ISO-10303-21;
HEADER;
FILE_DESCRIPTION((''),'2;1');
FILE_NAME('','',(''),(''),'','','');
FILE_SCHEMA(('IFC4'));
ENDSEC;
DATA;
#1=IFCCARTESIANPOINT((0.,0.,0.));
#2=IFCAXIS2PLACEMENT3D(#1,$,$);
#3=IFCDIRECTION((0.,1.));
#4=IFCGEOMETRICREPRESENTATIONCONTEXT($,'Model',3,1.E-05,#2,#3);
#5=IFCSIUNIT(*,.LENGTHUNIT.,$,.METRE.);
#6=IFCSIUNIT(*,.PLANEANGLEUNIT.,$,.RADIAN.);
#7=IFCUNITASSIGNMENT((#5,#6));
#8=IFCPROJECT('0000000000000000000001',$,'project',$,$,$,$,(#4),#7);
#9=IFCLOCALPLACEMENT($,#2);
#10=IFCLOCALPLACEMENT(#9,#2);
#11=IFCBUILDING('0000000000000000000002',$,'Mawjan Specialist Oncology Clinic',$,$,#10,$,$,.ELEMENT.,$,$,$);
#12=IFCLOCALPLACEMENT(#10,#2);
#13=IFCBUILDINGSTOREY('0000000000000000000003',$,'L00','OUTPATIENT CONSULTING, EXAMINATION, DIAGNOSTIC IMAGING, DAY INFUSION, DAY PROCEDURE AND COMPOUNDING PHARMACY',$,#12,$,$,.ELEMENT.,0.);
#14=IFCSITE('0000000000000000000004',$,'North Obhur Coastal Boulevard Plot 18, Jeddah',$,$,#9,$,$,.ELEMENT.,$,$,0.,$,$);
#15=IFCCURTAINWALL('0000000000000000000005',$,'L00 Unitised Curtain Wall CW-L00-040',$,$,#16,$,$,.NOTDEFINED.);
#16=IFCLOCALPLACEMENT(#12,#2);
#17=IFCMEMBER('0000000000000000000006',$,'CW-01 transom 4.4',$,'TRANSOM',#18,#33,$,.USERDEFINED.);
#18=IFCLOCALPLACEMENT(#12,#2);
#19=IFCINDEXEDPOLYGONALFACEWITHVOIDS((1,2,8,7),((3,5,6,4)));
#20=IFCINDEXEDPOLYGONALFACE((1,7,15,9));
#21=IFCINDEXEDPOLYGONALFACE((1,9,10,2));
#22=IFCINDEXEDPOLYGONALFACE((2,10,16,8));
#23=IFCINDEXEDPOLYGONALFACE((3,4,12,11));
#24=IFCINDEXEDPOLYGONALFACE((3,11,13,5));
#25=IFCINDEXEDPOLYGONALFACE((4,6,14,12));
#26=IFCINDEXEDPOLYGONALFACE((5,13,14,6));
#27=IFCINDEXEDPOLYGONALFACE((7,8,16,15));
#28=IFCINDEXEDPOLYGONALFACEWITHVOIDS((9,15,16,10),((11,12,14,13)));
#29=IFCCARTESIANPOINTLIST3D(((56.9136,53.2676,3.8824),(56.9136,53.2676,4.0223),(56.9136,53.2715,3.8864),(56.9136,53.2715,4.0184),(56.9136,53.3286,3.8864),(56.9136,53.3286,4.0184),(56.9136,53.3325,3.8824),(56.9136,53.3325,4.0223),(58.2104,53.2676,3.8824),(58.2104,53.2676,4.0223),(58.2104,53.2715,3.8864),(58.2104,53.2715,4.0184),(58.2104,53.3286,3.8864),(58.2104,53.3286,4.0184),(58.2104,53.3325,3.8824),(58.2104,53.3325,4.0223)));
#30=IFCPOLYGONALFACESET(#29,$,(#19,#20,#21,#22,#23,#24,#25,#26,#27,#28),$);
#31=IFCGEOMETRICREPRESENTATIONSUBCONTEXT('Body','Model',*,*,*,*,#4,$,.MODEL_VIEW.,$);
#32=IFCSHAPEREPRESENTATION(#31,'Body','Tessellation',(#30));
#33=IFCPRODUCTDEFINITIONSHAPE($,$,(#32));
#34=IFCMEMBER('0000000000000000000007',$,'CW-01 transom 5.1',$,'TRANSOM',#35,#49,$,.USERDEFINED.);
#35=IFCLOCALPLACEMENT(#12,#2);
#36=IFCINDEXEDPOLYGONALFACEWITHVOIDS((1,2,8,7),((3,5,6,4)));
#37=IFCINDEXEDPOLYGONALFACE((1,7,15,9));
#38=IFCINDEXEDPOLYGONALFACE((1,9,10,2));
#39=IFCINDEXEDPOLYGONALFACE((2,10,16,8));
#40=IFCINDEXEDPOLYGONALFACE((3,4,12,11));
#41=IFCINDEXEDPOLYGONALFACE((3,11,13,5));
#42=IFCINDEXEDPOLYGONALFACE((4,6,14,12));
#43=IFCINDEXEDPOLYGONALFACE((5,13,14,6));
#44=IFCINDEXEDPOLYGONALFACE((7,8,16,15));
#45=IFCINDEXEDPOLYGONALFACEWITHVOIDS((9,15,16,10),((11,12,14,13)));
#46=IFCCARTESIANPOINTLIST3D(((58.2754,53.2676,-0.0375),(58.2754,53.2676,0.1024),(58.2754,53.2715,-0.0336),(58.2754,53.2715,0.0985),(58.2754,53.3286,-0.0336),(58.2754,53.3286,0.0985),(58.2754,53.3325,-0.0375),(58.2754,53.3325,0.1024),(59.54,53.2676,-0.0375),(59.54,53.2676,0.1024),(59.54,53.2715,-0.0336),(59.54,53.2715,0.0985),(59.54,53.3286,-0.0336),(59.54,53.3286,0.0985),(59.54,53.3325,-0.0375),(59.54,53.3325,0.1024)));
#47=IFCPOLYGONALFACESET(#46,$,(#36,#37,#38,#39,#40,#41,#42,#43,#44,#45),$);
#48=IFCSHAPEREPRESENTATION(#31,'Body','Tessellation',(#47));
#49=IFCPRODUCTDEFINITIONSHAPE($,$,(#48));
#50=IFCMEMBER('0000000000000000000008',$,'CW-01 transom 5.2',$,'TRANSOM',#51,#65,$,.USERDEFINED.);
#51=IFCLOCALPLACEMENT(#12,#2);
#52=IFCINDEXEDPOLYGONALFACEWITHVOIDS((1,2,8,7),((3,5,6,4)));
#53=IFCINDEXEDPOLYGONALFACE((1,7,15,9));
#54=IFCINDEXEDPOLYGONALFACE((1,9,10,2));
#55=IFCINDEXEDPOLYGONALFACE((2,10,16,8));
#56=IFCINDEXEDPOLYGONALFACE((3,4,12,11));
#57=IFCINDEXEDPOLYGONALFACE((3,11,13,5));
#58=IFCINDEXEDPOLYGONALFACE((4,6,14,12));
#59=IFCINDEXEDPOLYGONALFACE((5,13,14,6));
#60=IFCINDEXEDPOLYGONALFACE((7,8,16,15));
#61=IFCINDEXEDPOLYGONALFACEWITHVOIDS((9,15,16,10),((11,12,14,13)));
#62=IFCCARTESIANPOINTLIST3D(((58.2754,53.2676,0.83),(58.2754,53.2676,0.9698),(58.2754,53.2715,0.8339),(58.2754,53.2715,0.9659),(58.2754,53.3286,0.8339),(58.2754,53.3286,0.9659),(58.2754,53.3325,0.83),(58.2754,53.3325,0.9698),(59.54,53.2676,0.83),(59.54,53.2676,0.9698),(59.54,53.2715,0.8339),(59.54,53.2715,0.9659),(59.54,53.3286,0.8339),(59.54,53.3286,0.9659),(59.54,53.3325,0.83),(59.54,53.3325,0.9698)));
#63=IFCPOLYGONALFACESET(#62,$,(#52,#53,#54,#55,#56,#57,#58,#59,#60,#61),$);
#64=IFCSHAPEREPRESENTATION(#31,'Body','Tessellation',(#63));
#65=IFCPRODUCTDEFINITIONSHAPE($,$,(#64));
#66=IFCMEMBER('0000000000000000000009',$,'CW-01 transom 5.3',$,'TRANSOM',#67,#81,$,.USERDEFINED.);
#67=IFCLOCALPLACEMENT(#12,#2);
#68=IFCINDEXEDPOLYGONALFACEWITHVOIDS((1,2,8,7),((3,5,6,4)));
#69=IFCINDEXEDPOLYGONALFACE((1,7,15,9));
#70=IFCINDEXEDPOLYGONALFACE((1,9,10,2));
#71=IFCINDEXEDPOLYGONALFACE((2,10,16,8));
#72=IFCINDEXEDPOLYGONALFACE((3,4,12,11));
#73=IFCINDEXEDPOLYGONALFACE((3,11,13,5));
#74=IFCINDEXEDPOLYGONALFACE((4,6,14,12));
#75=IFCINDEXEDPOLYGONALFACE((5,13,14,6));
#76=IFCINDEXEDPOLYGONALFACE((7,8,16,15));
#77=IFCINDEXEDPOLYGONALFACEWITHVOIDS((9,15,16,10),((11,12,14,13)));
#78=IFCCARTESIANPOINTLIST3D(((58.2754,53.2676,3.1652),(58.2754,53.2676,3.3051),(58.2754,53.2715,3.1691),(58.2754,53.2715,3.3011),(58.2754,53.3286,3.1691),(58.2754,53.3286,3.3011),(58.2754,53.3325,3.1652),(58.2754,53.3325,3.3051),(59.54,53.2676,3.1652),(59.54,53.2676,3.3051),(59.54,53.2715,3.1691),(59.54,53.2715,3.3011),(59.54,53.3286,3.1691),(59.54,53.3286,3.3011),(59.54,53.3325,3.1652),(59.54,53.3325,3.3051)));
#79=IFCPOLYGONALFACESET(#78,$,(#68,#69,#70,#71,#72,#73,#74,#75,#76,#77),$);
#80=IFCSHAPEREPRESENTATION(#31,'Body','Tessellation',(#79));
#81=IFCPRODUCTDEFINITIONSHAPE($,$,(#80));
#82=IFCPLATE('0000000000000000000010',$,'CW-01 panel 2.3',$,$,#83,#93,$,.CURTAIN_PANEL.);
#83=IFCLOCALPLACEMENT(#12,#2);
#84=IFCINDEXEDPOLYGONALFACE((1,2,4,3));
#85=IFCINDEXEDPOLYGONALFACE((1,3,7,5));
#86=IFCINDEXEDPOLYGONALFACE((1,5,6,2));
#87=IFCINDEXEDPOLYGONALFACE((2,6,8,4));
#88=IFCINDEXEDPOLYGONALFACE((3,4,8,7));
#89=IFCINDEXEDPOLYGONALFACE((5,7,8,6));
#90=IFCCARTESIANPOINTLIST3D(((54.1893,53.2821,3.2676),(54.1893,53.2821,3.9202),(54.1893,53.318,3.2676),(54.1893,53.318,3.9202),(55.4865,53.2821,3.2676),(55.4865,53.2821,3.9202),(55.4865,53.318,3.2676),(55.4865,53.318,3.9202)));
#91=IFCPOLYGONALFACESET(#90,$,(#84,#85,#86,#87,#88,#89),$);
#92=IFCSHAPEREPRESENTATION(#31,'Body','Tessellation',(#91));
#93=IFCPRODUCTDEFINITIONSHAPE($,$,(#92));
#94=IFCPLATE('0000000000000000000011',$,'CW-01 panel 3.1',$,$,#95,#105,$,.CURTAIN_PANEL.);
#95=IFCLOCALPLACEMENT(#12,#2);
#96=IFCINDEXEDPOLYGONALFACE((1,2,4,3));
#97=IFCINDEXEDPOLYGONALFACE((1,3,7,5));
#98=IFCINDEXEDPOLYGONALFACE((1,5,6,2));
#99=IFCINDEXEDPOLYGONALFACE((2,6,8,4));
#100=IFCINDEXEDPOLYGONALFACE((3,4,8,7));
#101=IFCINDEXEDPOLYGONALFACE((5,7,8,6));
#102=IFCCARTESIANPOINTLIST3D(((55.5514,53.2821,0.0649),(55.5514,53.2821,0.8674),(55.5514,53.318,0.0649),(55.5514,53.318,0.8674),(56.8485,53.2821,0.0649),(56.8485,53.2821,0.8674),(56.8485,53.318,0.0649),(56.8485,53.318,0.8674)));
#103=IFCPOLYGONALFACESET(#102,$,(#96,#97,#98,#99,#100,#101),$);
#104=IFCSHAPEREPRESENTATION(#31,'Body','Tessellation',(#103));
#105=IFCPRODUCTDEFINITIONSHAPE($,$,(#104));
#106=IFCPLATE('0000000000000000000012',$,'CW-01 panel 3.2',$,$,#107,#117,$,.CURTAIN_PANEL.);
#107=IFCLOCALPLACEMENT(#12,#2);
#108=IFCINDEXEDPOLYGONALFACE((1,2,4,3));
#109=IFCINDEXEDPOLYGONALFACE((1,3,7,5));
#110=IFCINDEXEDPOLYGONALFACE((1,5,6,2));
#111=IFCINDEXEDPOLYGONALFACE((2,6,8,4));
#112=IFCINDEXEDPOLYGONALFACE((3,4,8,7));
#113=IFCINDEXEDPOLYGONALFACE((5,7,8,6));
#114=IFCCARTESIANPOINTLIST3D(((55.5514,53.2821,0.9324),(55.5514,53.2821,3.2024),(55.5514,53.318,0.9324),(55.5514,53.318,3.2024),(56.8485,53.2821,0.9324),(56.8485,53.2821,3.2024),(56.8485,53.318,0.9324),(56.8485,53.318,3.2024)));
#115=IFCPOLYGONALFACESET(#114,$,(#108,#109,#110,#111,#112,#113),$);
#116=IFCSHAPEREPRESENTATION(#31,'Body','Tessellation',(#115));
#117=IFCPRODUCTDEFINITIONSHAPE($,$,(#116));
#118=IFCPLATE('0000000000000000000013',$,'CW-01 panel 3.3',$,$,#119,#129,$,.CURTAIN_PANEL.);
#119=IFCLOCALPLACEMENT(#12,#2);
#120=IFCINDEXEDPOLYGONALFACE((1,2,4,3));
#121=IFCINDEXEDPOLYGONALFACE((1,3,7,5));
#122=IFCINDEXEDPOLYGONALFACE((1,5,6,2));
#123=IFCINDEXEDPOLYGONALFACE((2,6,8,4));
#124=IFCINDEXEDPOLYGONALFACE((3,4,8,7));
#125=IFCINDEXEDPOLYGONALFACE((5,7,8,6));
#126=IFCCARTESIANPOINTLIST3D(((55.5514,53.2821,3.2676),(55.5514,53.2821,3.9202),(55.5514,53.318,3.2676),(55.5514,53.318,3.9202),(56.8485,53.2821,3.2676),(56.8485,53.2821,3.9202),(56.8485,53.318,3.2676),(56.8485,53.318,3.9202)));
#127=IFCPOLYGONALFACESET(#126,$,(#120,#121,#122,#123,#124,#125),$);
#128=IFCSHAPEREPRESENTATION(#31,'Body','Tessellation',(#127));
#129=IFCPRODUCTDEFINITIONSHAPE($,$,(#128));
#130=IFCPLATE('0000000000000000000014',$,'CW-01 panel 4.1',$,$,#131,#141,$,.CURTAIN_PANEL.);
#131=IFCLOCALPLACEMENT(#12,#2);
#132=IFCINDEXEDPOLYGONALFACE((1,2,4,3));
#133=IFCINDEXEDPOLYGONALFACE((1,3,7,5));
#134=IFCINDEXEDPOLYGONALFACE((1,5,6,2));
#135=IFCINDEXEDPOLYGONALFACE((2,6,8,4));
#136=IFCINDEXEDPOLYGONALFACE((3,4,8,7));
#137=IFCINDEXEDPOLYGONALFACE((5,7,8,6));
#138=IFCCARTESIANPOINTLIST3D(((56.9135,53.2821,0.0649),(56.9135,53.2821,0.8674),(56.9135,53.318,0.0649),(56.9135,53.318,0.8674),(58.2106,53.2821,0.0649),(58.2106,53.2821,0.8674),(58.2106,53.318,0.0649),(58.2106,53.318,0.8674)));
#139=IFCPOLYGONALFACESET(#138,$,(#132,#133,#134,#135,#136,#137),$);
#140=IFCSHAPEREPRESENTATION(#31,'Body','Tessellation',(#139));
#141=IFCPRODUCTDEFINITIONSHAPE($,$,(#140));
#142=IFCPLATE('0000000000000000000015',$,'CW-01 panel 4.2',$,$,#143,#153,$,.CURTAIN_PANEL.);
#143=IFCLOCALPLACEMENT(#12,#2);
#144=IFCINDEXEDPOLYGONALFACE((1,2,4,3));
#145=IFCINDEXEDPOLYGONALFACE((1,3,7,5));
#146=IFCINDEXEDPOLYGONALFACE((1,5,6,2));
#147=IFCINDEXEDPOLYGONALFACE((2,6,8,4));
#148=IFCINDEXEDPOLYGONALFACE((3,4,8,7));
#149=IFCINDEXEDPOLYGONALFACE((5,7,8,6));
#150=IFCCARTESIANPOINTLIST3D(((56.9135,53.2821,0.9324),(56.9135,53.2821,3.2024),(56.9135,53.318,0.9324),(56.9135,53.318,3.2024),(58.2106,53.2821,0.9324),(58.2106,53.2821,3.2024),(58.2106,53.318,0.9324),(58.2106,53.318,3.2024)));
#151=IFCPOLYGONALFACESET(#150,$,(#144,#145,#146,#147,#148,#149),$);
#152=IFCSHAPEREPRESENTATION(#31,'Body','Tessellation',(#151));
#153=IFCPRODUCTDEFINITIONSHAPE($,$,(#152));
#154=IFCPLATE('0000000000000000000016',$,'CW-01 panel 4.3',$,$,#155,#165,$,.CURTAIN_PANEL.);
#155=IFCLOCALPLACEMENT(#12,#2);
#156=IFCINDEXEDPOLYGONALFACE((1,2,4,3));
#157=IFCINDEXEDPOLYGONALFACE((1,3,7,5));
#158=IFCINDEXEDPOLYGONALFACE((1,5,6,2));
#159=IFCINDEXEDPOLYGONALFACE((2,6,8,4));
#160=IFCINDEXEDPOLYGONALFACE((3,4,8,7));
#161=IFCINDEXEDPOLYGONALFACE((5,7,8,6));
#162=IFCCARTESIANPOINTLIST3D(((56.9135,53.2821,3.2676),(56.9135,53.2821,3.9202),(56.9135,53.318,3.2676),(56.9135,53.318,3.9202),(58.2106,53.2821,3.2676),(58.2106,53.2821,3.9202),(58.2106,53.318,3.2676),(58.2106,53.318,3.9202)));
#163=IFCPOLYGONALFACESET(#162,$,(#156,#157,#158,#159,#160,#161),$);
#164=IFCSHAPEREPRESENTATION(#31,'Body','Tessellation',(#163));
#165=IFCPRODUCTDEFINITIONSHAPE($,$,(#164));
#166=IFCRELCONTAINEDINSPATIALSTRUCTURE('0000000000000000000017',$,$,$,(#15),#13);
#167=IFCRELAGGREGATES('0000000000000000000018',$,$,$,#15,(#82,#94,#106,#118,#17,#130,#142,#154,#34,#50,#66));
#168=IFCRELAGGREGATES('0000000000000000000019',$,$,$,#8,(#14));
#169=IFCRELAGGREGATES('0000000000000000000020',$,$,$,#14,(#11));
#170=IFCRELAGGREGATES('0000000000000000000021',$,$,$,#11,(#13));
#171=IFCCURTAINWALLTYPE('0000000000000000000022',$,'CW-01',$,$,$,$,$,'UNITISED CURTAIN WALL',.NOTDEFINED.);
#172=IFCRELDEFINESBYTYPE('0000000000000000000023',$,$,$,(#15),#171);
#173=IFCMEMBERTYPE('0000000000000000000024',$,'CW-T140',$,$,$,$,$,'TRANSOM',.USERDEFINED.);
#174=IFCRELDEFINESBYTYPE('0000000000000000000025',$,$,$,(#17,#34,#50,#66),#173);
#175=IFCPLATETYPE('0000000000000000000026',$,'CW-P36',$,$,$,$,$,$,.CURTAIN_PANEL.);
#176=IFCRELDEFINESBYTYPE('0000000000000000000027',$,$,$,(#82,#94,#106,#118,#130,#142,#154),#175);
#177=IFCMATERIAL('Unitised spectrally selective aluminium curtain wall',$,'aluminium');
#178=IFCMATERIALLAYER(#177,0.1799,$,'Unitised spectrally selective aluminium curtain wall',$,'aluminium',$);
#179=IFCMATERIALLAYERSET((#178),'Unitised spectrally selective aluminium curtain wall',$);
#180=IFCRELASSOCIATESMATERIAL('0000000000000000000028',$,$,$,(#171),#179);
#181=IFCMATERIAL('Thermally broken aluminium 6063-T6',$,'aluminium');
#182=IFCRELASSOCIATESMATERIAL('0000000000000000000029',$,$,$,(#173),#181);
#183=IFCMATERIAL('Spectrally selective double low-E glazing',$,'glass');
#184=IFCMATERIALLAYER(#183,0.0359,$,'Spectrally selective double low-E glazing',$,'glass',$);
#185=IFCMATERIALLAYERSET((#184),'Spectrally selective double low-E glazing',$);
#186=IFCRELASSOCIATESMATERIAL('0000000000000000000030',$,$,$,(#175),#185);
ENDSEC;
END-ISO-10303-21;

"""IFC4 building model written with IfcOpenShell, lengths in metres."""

from ifc_helpers import new_model, si_unit, direction, frame, origin, origin_2d, place, context, subcontext, project, spatial, rectangle, hollow_rectangle, extrude, material, layer, layer_set, material_profile, profile_set, type_object, element, aggregate, save


model = new_model("IFC4")

# Units and contexts
model_context = context("Model", 3, precision=1e-05, world=origin(), true_north=direction((0.0, 1.0)))
body_context = subcontext(model_context, "Body", "Model", "MODEL_VIEW")
ifc_project = project(units=[si_unit("LENGTHUNIT", "METRE"), si_unit("PLANEANGLEUNIT", "RADIAN")], contexts=[model_context])

# Site, building, storey
site_placement = place(None, origin())
site = spatial("IfcSite", under=ifc_project, at=site_placement, Name="North Obhur Coastal Boulevard Plot 18, Jeddah", CompositionType="ELEMENT", RefElevation=0.0)
building_placement = place(site_placement, origin())
building = spatial("IfcBuilding", under=site, at=building_placement, Name="Mawjan Specialist Oncology Clinic", CompositionType="ELEMENT")
storey_placement = place(building_placement, origin())
storey = spatial("IfcBuildingStorey", under=building, at=storey_placement, Name="L00", Description="OUTPATIENT CONSULTING, EXAMINATION, DIAGNOSTIC IMAGING, DAY INFUSION, DAY PROCEDURE AND COMPOUNDING PHARMACY", CompositionType="ELEMENT", Elevation=0.0)

# Curtain wall, members, plates
ifc_material_1 = material(Name="Unitised spectrally selective aluminium curtain wall", Category="aluminium")
ifc_layer_1 = layer(ifc_material_1, 0.1799, Name="Unitised spectrally selective aluminium curtain wall", Category="aluminium")
ifc_layer_set_1 = layer_set([ifc_layer_1], Name="Unitised spectrally selective aluminium curtain wall")
curtain_wall_type = type_object("IfcCurtainWallType", Name="CW-01", ElementType="UNITISED CURTAIN WALL", PredefinedType="NOTDEFINED", material=ifc_layer_set_1)
curtain_wall_placement = place(storey_placement, origin())
curtain_wall = element("IfcCurtainWall", 1, at=curtain_wall_placement, inside=storey, type_object=curtain_wall_type, Name="L00 Unitised Curtain Wall CW-L00-040", PredefinedType="NOTDEFINED")
ifc_material_2 = material(Name="Thermally broken aluminium 6063-T6", Category="aluminium")
ifc_material_profile_1 = material_profile(ifc_material_2, hollow_rectangle(XDim=0.0649, YDim=0.1399, WallThickness=0.0039, at=origin_2d()), Name="ALU TRANSOM 140x65x4", Category="aluminium")
ifc_profile_set_1 = profile_set([ifc_material_profile_1], Name="Thermally broken aluminium 6063-T6")
member_type_1 = type_object("IfcMemberType", Name="CW-T140", ElementType="TRANSOM", PredefinedType="USERDEFINED", material=ifc_profile_set_1)
member_1_placement = place(storey_placement, frame((56.9136, 53.3, 3.9524), z_axis=(1.0, 0.0, 0.0), x_axis=(0.0, 1.0, 0.0)))
member_1 = element("IfcMember", 2, at=member_1_placement, type_object=member_type_1, Name="CW-01 transom 4.4", ObjectType="TRANSOM", PredefinedType="USERDEFINED", context=body_context, shape_type="SweptSolid", body=[
    extrude(hollow_rectangle(XDim=0.0649, YDim=0.1399, WallThickness=0.0039, at=origin_2d()), origin(), (0.0, 0.0, 1.0), 1.2969),
])
member_2_placement = place(storey_placement, frame((58.2754, 53.3, 0.0325), z_axis=(1.0, 0.0, 0.0), x_axis=(0.0, 1.0, 0.0)))
member_2 = element("IfcMember", 3, at=member_2_placement, type_object=member_type_1, Name="CW-01 transom 5.1", ObjectType="TRANSOM", PredefinedType="USERDEFINED", context=body_context, shape_type="SweptSolid", body=[
    extrude(hollow_rectangle(XDim=0.0649, YDim=0.1399, WallThickness=0.0039, at=origin_2d()), origin(), (0.0, 0.0, 1.0), 1.2646),
])
member_3_placement = place(storey_placement, frame((58.2754, 53.3, 0.8999), z_axis=(1.0, 0.0, 0.0), x_axis=(0.0, 1.0, 0.0)))
member_3 = element("IfcMember", 4, at=member_3_placement, type_object=member_type_1, Name="CW-01 transom 5.2", ObjectType="TRANSOM", PredefinedType="USERDEFINED", context=body_context, shape_type="SweptSolid", body=[
    extrude(hollow_rectangle(XDim=0.0649, YDim=0.1399, WallThickness=0.0039, at=origin_2d()), origin(), (0.0, 0.0, 1.0), 1.2646),
])
member_4_placement = place(storey_placement, frame((58.2754, 53.3, 3.2351), z_axis=(1.0, 0.0, 0.0), x_axis=(0.0, 1.0, 0.0)))
member_4 = element("IfcMember", 5, at=member_4_placement, type_object=member_type_1, Name="CW-01 transom 5.3", ObjectType="TRANSOM", PredefinedType="USERDEFINED", context=body_context, shape_type="SweptSolid", body=[
    extrude(hollow_rectangle(XDim=0.0649, YDim=0.1399, WallThickness=0.0039, at=origin_2d()), origin(), (0.0, 0.0, 1.0), 1.2646),
])
ifc_material_3 = material(Name="Spectrally selective double low-E glazing", Category="glass")
ifc_layer_2 = layer(ifc_material_3, 0.0359, Name="Spectrally selective double low-E glazing", Category="glass")
ifc_layer_set_2 = layer_set([ifc_layer_2], Name="Spectrally selective double low-E glazing")
plate_type = type_object("IfcPlateType", Name="CW-P36", PredefinedType="CURTAIN_PANEL", material=ifc_layer_set_2)
plate_1_placement = place(storey_placement, frame((54.8379, 53.3, 3.2676), z_axis=(0.0, 0.0, 1.0), x_axis=(1.0, 0.0, 0.0)))
plate_1 = element("IfcPlate", 6, at=plate_1_placement, type_object=plate_type, Name="CW-01 panel 2.3", PredefinedType="CURTAIN_PANEL", context=body_context, shape_type="SweptSolid", body=[
    extrude(rectangle(XDim=1.2971, YDim=0.0359, at=origin_2d()), origin(), (0.0, 0.0, 1.0), 0.6526),
])
plate_2_placement = place(storey_placement, frame((56.2, 53.3, 0.0649), z_axis=(0.0, 0.0, 1.0), x_axis=(1.0, 0.0, 0.0)))
plate_2 = element("IfcPlate", 7, at=plate_2_placement, type_object=plate_type, Name="CW-01 panel 3.1", PredefinedType="CURTAIN_PANEL", context=body_context, shape_type="SweptSolid", body=[
    extrude(rectangle(XDim=1.2971, YDim=0.0359, at=origin_2d()), origin(), (0.0, 0.0, 1.0), 0.8025),
])
plate_3_placement = place(storey_placement, frame((56.2, 53.3, 0.9324), z_axis=(0.0, 0.0, 1.0), x_axis=(1.0, 0.0, 0.0)))
plate_3 = element("IfcPlate", 8, at=plate_3_placement, type_object=plate_type, Name="CW-01 panel 3.2", PredefinedType="CURTAIN_PANEL", context=body_context, shape_type="SweptSolid", body=[
    extrude(rectangle(XDim=1.2971, YDim=0.0359, at=origin_2d()), origin(), (0.0, 0.0, 1.0), 2.27),
])
plate_4_placement = place(storey_placement, frame((56.2, 53.3, 3.2676), z_axis=(0.0, 0.0, 1.0), x_axis=(1.0, 0.0, 0.0)))
plate_4 = element("IfcPlate", 9, at=plate_4_placement, type_object=plate_type, Name="CW-01 panel 3.3", PredefinedType="CURTAIN_PANEL", context=body_context, shape_type="SweptSolid", body=[
    extrude(rectangle(XDim=1.2971, YDim=0.0359, at=origin_2d()), origin(), (0.0, 0.0, 1.0), 0.6526),
])
plate_5_placement = place(storey_placement, frame((57.562, 53.3, 0.0649), z_axis=(0.0, 0.0, 1.0), x_axis=(1.0, 0.0, 0.0)))
plate_5 = element("IfcPlate", 10, at=plate_5_placement, type_object=plate_type, Name="CW-01 panel 4.1", PredefinedType="CURTAIN_PANEL", context=body_context, shape_type="SweptSolid", body=[
    extrude(rectangle(XDim=1.2971, YDim=0.0359, at=origin_2d()), origin(), (0.0, 0.0, 1.0), 0.8025),
])
plate_6_placement = place(storey_placement, frame((57.562, 53.3, 0.9324), z_axis=(0.0, 0.0, 1.0), x_axis=(1.0, 0.0, 0.0)))
plate_6 = element("IfcPlate", 11, at=plate_6_placement, type_object=plate_type, Name="CW-01 panel 4.2", PredefinedType="CURTAIN_PANEL", context=body_context, shape_type="SweptSolid", body=[
    extrude(rectangle(XDim=1.2971, YDim=0.0359, at=origin_2d()), origin(), (0.0, 0.0, 1.0), 2.27),
])
plate_7_placement = place(storey_placement, frame((57.562, 53.3, 3.2676), z_axis=(0.0, 0.0, 1.0), x_axis=(1.0, 0.0, 0.0)))
plate_7 = element("IfcPlate", 12, at=plate_7_placement, type_object=plate_type, Name="CW-01 panel 4.3", PredefinedType="CURTAIN_PANEL", context=body_context, shape_type="SweptSolid", body=[
    extrude(rectangle(XDim=1.2971, YDim=0.0359, at=origin_2d()), origin(), (0.0, 0.0, 1.0), 0.6526),
])
aggregate(curtain_wall, [plate_1, plate_2, plate_3, plate_4, member_1, plate_5, plate_6, plate_7, member_2, member_3, member_4])

save(model, "model.ifc")
